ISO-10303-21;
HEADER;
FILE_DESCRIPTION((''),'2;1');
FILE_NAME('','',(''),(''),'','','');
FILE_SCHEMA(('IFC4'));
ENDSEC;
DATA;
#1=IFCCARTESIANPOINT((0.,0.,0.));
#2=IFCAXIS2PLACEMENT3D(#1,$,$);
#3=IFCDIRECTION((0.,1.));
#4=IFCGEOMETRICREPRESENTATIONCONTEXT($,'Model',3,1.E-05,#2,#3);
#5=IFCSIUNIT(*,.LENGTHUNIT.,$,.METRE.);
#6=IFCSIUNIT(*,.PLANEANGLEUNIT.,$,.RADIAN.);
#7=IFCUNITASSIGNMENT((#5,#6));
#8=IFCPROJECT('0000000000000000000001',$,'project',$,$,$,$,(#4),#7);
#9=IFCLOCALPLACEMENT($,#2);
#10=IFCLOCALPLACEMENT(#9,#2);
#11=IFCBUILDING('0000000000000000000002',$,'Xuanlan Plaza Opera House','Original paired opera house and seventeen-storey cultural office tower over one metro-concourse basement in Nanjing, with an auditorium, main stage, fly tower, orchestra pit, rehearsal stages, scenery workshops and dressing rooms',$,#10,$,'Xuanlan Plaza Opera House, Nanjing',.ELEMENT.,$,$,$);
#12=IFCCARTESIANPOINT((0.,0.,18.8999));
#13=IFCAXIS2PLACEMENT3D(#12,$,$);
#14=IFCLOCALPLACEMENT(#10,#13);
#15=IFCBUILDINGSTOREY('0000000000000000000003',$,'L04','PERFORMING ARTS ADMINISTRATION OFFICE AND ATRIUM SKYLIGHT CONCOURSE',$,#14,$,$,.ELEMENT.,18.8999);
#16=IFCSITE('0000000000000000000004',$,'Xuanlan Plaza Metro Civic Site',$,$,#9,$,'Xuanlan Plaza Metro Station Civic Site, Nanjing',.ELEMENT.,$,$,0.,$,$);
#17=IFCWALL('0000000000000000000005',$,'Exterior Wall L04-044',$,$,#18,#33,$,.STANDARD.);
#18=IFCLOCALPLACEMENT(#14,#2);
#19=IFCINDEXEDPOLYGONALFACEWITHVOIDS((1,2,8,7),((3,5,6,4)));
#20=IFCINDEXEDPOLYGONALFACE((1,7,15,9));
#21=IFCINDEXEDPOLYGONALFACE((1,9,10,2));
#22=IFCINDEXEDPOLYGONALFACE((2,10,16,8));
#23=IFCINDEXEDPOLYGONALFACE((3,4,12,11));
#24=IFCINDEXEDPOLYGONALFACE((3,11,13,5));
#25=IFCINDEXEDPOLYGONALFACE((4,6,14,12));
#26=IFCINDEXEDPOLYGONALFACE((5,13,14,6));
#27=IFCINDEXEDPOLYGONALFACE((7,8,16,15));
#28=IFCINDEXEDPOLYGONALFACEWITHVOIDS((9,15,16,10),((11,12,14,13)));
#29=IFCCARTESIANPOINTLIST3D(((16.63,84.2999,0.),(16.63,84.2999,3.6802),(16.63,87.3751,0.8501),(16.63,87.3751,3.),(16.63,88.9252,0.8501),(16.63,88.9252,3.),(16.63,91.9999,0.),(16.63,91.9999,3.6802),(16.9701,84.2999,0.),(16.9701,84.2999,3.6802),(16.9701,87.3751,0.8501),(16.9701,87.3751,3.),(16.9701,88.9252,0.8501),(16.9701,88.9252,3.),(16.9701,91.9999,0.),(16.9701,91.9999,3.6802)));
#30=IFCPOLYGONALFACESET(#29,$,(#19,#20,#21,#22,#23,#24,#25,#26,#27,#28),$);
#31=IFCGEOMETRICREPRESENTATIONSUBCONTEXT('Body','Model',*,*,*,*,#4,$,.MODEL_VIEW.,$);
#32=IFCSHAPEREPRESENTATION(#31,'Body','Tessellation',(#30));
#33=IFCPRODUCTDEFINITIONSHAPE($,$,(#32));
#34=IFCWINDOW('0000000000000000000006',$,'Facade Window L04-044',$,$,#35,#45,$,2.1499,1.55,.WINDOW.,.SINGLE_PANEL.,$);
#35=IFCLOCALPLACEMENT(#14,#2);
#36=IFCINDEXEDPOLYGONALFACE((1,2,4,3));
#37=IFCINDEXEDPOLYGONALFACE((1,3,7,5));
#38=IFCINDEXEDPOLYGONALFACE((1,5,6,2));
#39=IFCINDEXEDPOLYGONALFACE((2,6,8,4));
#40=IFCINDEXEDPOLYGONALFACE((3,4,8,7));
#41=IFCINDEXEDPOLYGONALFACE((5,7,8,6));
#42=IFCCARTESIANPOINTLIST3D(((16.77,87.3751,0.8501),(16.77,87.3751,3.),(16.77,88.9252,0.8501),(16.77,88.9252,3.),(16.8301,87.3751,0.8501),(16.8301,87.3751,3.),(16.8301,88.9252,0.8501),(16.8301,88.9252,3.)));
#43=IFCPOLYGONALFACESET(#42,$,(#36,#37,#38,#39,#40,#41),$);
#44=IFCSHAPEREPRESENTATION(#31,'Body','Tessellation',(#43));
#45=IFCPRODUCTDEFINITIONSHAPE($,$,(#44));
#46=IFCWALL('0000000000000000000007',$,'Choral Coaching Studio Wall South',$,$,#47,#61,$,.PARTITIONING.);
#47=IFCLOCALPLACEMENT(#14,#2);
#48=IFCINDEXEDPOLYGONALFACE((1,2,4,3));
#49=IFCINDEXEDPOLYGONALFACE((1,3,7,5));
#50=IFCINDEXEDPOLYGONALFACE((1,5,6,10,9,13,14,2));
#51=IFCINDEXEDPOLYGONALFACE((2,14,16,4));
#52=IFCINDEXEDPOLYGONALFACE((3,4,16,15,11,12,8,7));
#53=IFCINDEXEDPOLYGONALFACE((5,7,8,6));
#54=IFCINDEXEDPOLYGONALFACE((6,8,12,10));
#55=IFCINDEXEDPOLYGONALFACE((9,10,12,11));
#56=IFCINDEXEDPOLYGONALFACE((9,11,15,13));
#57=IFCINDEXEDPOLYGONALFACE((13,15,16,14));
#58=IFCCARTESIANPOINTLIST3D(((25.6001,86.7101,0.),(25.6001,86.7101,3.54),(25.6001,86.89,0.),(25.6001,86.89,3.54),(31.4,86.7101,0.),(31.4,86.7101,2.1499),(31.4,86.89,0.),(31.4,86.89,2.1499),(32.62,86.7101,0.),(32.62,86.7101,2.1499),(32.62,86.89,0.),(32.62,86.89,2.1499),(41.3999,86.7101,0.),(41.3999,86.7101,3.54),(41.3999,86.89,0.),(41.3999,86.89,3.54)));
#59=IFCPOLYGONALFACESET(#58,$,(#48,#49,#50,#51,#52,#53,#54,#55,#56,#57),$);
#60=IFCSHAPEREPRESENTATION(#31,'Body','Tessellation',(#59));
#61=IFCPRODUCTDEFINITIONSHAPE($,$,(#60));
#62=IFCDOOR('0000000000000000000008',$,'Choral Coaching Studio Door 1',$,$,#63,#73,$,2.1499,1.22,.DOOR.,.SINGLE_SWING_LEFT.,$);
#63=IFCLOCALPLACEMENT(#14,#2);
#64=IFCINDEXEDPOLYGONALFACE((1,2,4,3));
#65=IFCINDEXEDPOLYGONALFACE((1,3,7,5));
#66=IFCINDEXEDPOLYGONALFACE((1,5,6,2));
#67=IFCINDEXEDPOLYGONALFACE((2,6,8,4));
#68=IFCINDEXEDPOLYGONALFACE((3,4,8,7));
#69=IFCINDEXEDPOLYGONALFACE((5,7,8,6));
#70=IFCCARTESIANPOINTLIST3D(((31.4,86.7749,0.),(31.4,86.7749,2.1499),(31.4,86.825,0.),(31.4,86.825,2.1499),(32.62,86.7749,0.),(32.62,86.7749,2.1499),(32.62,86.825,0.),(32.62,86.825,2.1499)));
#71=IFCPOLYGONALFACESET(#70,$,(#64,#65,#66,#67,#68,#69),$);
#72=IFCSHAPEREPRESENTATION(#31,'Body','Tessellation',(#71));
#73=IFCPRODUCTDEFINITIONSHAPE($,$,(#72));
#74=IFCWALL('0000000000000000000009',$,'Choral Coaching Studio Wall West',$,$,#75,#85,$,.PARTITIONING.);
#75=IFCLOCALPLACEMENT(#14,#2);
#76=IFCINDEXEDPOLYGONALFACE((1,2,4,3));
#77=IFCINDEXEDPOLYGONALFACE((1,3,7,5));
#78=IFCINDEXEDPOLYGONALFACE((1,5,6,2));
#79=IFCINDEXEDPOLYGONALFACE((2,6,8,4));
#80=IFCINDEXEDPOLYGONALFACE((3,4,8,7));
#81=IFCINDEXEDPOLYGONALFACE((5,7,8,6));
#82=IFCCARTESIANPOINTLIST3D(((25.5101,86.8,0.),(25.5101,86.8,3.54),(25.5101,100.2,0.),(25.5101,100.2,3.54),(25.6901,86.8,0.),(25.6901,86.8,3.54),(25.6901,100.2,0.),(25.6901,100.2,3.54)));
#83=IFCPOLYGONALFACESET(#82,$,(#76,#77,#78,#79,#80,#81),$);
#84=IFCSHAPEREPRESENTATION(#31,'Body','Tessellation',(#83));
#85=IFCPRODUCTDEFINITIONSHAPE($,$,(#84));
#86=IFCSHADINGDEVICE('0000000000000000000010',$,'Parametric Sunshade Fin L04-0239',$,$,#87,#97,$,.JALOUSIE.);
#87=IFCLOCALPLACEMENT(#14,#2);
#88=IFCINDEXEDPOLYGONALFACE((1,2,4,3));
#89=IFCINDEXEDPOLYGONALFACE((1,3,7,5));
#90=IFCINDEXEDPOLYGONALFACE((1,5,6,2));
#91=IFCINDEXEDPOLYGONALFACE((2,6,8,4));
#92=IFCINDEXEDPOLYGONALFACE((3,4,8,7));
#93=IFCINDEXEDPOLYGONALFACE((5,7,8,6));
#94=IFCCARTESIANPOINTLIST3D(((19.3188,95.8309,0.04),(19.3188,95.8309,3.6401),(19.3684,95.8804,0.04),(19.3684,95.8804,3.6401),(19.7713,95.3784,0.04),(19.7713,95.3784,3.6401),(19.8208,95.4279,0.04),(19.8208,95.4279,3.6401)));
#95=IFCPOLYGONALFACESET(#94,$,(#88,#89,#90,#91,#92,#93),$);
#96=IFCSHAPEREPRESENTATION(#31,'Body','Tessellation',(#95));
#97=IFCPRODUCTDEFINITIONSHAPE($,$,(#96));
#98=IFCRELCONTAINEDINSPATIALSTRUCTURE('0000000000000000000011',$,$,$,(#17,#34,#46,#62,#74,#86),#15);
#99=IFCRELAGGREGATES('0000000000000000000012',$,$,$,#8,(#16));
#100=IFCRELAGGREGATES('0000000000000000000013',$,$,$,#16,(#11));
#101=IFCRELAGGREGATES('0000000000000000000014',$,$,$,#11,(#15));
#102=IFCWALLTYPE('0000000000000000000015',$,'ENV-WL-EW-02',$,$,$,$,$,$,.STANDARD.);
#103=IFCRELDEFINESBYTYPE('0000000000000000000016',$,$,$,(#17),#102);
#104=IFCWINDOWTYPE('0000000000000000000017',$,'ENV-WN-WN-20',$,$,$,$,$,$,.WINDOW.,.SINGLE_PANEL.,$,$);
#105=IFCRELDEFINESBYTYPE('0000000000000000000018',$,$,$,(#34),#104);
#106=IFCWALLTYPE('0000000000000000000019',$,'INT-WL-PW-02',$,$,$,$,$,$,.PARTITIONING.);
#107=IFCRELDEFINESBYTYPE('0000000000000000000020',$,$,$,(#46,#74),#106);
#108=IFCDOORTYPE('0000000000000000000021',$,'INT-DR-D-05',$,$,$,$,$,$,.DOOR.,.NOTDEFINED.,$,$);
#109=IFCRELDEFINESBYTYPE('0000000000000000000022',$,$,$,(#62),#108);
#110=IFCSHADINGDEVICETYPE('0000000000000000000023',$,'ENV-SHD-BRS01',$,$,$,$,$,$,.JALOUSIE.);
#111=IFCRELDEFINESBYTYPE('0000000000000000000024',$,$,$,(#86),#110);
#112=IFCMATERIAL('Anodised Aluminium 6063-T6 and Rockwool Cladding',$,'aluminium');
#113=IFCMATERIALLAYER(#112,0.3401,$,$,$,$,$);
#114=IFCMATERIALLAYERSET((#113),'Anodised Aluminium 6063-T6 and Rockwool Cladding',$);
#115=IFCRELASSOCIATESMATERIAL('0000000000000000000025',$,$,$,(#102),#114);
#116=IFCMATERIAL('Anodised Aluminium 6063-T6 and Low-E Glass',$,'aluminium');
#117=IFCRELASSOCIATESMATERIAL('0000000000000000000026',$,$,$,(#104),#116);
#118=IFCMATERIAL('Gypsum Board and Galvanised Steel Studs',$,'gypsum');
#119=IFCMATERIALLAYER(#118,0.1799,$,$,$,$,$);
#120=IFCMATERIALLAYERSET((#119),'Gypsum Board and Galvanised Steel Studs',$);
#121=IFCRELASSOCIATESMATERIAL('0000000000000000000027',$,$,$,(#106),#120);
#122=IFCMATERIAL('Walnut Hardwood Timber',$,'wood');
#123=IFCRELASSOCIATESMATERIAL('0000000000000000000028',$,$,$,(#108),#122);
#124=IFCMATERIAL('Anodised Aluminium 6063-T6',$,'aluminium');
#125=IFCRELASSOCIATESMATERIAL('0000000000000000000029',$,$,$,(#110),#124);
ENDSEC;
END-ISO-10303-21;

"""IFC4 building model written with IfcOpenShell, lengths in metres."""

from ifc_helpers import new_model, si_unit, direction, frame, frame_2d, origin, origin_2d, place, context, subcontext, project, spatial, rectangle, extrude, material, layer, layer_set, type_object, element, fill, save


model = new_model("IFC4")

# Units and contexts
model_context = context("Model", 3, precision=1e-05, world=origin(), true_north=direction((0.0, 1.0)))
body_context = subcontext(model_context, "Body", "Model", "MODEL_VIEW")
ifc_project = project(units=[si_unit("LENGTHUNIT", "METRE"), si_unit("PLANEANGLEUNIT", "RADIAN")], contexts=[model_context])

# Site, building, storey
site_placement = place(None, origin())
site = spatial("IfcSite", under=ifc_project, at=site_placement, Name="Xuanlan Plaza Metro Civic Site", LongName="Xuanlan Plaza Metro Station Civic Site, Nanjing", CompositionType="ELEMENT", RefElevation=0.0)
building_placement = place(site_placement, origin())
building = spatial("IfcBuilding", under=site, at=building_placement, Name="Xuanlan Plaza Opera House", Description="Original paired opera house and seventeen-storey cultural office tower over one metro-concourse basement in Nanjing, with an auditorium, main stage, fly tower, orchestra pit, rehearsal stages, scenery workshops and dressing rooms", LongName="Xuanlan Plaza Opera House, Nanjing", CompositionType="ELEMENT")
storey_placement = place(building_placement, frame((0.0, 0.0, 18.8999)))
storey = spatial("IfcBuildingStorey", under=building, at=storey_placement, Name="L04", Description="PERFORMING ARTS ADMINISTRATION OFFICE AND ATRIUM SKYLIGHT CONCOURSE", CompositionType="ELEMENT", Elevation=18.8999)

# Shared definitions
ifc_material_1 = material(Name="Anodised Aluminium 6063-T6 and Low-E Glass", Category="aluminium")
ifc_material_2 = material(Name="Anodised Aluminium 6063-T6", Category="aluminium")

# Wall, opening, window
ifc_material_3 = material(Name="Anodised Aluminium 6063-T6 and Rockwool Cladding", Category="aluminium")
ifc_layer_1 = layer(ifc_material_3, 0.3401)
ifc_layer_set_1 = layer_set([ifc_layer_1], Name="Anodised Aluminium 6063-T6 and Rockwool Cladding")
wall_type_1 = type_object("IfcWallType", Name="ENV-WL-EW-02", PredefinedType="STANDARD", material=ifc_layer_set_1)
wall_1_placement = place(storey_placement, frame((16.8, 92.0, 0.0), z_axis=(0.0, 0.0, 1.0), x_axis=(0.0, -1.0, 0.0)))
wall_1 = element("IfcWall", 1, at=wall_1_placement, inside=storey, type_object=wall_type_1, Name="Exterior Wall L04-044", PredefinedType="STANDARD", context=body_context, shape_type="SweptSolid", body=[
    extrude(rectangle(XDim=7.7, YDim=0.3401, at=frame_2d((3.8501, 0.0))), origin(), (0.0, 0.0, 1.0), 3.6802),
])
opening_1_placement = place(wall_1_placement, frame((3.075, 0.0, 0.8501)))
opening_1 = element("IfcOpeningElement", 2, at=opening_1_placement, cuts=wall_1, PredefinedType="OPENING", context=body_context, shape_type="SweptSolid", body=[
    extrude(rectangle(XDim=1.55, YDim=2.1499, at=frame_2d((0.7749, 1.075))), frame((0.0, 0.1799, 0.0), z_axis=(0.0, -1.0, 0.0), x_axis=(1.0, 0.0, 0.0)), (0.0, 0.0, 1.0), 0.3601),
])
window_type = type_object("IfcWindowType", Name="ENV-WN-WN-20", PartitioningType="SINGLE_PANEL", PredefinedType="WINDOW", material=ifc_material_1)
window_placement = place(opening_1_placement, origin())
window = element("IfcWindow", 3, at=window_placement, inside=storey, type_object=window_type, Name="Facade Window L04-044", OverallHeight=2.1499, OverallWidth=1.55, PartitioningType="SINGLE_PANEL", PredefinedType="WINDOW", context=body_context, shape_type="SweptSolid", body=[
    extrude(rectangle(XDim=1.55, YDim=2.1499, at=frame_2d((0.7749, 1.075))), frame((0.0, 0.03, 0.0), z_axis=(0.0, -1.0, 0.0), x_axis=(1.0, 0.0, 0.0)), (0.0, 0.0, 1.0), 0.0601),
])
fill(opening_1, window)

# Wall, opening, door
ifc_material_4 = material(Name="Gypsum Board and Galvanised Steel Studs", Category="gypsum")
ifc_layer_2 = layer(ifc_material_4, 0.1799)
ifc_layer_set_2 = layer_set([ifc_layer_2], Name="Gypsum Board and Galvanised Steel Studs")
wall_type_2 = type_object("IfcWallType", Name="INT-WL-PW-02", PredefinedType="PARTITIONING", material=ifc_layer_set_2)
wall_2_placement = place(storey_placement, frame((25.6001, 86.8, 0.0), z_axis=(0.0, 0.0, 1.0), x_axis=(1.0, 0.0, 0.0)))
wall_2 = element("IfcWall", 4, at=wall_2_placement, inside=storey, type_object=wall_type_2, Name="Choral Coaching Studio Wall South", PredefinedType="PARTITIONING", context=body_context, shape_type="SweptSolid", body=[
    extrude(rectangle(XDim=15.7998, YDim=0.1799, at=frame_2d((7.8999, 0.0))), origin(), (0.0, 0.0, 1.0), 3.54),
])
opening_2_placement = place(wall_2_placement, frame((5.8, 0.0, 0.0)))
opening_2 = element("IfcOpeningElement", 5, at=opening_2_placement, cuts=wall_2, PredefinedType="OPENING", context=body_context, shape_type="SweptSolid", body=[
    extrude(rectangle(XDim=1.22, YDim=2.1499, at=frame_2d((0.6099, 1.075))), frame((0.0, 0.0999, 0.0), z_axis=(0.0, -1.0, 0.0), x_axis=(1.0, 0.0, 0.0)), (0.0, 0.0, 1.0), 0.2),
])
ifc_material_5 = material(Name="Walnut Hardwood Timber", Category="wood")
door_type = type_object("IfcDoorType", Name="INT-DR-D-05", OperationType="NOTDEFINED", PredefinedType="DOOR", material=ifc_material_5)
door_placement = place(opening_2_placement, origin())
door = element("IfcDoor", 6, at=door_placement, inside=storey, type_object=door_type, Name="Choral Coaching Studio Door 1", OperationType="SINGLE_SWING_LEFT", OverallHeight=2.1499, OverallWidth=1.22, PredefinedType="DOOR", context=body_context, shape_type="SweptSolid", body=[
    extrude(rectangle(XDim=1.22, YDim=2.1499, at=frame_2d((0.6099, 1.075))), frame((0.0, 0.0249, 0.0), z_axis=(0.0, -1.0, 0.0), x_axis=(1.0, 0.0, 0.0)), (0.0, 0.0, 1.0), 0.05),
])
fill(opening_2, door)

# Wall
wall_3_placement = place(storey_placement, frame((25.6001, 86.8, 0.0), z_axis=(0.0, 0.0, 1.0), x_axis=(0.0, 1.0, 0.0)))
element("IfcWall", 7, at=wall_3_placement, inside=storey, type_object=wall_type_2, Name="Choral Coaching Studio Wall West", PredefinedType="PARTITIONING", context=body_context, shape_type="SweptSolid", body=[
    extrude(rectangle(XDim=13.3999, YDim=0.1799, at=frame_2d((6.7, 0.0))), origin(), (0.0, 0.0, 1.0), 3.54),
])

# Shading device
shading_device_type = type_object("IfcShadingDeviceType", Name="ENV-SHD-BRS01", PredefinedType="JALOUSIE", material=ifc_material_2)
shading_device_placement = place(storey_placement, frame((19.5698, 95.6294, 0.04), z_axis=(0.0, 0.0, 1.0), x_axis=(-0.707107, 0.707107, 0.0)))
element("IfcShadingDevice", 8, at=shading_device_placement, inside=storey, type_object=shading_device_type, Name="Parametric Sunshade Fin L04-0239", PredefinedType="JALOUSIE", context=body_context, shape_type="SweptSolid", body=[
    extrude(rectangle(XDim=0.6399, YDim=0.0701, at=origin_2d()), origin(), (0.0, 0.0, 1.0), 3.6001),
])

save(model, "model.ifc")
